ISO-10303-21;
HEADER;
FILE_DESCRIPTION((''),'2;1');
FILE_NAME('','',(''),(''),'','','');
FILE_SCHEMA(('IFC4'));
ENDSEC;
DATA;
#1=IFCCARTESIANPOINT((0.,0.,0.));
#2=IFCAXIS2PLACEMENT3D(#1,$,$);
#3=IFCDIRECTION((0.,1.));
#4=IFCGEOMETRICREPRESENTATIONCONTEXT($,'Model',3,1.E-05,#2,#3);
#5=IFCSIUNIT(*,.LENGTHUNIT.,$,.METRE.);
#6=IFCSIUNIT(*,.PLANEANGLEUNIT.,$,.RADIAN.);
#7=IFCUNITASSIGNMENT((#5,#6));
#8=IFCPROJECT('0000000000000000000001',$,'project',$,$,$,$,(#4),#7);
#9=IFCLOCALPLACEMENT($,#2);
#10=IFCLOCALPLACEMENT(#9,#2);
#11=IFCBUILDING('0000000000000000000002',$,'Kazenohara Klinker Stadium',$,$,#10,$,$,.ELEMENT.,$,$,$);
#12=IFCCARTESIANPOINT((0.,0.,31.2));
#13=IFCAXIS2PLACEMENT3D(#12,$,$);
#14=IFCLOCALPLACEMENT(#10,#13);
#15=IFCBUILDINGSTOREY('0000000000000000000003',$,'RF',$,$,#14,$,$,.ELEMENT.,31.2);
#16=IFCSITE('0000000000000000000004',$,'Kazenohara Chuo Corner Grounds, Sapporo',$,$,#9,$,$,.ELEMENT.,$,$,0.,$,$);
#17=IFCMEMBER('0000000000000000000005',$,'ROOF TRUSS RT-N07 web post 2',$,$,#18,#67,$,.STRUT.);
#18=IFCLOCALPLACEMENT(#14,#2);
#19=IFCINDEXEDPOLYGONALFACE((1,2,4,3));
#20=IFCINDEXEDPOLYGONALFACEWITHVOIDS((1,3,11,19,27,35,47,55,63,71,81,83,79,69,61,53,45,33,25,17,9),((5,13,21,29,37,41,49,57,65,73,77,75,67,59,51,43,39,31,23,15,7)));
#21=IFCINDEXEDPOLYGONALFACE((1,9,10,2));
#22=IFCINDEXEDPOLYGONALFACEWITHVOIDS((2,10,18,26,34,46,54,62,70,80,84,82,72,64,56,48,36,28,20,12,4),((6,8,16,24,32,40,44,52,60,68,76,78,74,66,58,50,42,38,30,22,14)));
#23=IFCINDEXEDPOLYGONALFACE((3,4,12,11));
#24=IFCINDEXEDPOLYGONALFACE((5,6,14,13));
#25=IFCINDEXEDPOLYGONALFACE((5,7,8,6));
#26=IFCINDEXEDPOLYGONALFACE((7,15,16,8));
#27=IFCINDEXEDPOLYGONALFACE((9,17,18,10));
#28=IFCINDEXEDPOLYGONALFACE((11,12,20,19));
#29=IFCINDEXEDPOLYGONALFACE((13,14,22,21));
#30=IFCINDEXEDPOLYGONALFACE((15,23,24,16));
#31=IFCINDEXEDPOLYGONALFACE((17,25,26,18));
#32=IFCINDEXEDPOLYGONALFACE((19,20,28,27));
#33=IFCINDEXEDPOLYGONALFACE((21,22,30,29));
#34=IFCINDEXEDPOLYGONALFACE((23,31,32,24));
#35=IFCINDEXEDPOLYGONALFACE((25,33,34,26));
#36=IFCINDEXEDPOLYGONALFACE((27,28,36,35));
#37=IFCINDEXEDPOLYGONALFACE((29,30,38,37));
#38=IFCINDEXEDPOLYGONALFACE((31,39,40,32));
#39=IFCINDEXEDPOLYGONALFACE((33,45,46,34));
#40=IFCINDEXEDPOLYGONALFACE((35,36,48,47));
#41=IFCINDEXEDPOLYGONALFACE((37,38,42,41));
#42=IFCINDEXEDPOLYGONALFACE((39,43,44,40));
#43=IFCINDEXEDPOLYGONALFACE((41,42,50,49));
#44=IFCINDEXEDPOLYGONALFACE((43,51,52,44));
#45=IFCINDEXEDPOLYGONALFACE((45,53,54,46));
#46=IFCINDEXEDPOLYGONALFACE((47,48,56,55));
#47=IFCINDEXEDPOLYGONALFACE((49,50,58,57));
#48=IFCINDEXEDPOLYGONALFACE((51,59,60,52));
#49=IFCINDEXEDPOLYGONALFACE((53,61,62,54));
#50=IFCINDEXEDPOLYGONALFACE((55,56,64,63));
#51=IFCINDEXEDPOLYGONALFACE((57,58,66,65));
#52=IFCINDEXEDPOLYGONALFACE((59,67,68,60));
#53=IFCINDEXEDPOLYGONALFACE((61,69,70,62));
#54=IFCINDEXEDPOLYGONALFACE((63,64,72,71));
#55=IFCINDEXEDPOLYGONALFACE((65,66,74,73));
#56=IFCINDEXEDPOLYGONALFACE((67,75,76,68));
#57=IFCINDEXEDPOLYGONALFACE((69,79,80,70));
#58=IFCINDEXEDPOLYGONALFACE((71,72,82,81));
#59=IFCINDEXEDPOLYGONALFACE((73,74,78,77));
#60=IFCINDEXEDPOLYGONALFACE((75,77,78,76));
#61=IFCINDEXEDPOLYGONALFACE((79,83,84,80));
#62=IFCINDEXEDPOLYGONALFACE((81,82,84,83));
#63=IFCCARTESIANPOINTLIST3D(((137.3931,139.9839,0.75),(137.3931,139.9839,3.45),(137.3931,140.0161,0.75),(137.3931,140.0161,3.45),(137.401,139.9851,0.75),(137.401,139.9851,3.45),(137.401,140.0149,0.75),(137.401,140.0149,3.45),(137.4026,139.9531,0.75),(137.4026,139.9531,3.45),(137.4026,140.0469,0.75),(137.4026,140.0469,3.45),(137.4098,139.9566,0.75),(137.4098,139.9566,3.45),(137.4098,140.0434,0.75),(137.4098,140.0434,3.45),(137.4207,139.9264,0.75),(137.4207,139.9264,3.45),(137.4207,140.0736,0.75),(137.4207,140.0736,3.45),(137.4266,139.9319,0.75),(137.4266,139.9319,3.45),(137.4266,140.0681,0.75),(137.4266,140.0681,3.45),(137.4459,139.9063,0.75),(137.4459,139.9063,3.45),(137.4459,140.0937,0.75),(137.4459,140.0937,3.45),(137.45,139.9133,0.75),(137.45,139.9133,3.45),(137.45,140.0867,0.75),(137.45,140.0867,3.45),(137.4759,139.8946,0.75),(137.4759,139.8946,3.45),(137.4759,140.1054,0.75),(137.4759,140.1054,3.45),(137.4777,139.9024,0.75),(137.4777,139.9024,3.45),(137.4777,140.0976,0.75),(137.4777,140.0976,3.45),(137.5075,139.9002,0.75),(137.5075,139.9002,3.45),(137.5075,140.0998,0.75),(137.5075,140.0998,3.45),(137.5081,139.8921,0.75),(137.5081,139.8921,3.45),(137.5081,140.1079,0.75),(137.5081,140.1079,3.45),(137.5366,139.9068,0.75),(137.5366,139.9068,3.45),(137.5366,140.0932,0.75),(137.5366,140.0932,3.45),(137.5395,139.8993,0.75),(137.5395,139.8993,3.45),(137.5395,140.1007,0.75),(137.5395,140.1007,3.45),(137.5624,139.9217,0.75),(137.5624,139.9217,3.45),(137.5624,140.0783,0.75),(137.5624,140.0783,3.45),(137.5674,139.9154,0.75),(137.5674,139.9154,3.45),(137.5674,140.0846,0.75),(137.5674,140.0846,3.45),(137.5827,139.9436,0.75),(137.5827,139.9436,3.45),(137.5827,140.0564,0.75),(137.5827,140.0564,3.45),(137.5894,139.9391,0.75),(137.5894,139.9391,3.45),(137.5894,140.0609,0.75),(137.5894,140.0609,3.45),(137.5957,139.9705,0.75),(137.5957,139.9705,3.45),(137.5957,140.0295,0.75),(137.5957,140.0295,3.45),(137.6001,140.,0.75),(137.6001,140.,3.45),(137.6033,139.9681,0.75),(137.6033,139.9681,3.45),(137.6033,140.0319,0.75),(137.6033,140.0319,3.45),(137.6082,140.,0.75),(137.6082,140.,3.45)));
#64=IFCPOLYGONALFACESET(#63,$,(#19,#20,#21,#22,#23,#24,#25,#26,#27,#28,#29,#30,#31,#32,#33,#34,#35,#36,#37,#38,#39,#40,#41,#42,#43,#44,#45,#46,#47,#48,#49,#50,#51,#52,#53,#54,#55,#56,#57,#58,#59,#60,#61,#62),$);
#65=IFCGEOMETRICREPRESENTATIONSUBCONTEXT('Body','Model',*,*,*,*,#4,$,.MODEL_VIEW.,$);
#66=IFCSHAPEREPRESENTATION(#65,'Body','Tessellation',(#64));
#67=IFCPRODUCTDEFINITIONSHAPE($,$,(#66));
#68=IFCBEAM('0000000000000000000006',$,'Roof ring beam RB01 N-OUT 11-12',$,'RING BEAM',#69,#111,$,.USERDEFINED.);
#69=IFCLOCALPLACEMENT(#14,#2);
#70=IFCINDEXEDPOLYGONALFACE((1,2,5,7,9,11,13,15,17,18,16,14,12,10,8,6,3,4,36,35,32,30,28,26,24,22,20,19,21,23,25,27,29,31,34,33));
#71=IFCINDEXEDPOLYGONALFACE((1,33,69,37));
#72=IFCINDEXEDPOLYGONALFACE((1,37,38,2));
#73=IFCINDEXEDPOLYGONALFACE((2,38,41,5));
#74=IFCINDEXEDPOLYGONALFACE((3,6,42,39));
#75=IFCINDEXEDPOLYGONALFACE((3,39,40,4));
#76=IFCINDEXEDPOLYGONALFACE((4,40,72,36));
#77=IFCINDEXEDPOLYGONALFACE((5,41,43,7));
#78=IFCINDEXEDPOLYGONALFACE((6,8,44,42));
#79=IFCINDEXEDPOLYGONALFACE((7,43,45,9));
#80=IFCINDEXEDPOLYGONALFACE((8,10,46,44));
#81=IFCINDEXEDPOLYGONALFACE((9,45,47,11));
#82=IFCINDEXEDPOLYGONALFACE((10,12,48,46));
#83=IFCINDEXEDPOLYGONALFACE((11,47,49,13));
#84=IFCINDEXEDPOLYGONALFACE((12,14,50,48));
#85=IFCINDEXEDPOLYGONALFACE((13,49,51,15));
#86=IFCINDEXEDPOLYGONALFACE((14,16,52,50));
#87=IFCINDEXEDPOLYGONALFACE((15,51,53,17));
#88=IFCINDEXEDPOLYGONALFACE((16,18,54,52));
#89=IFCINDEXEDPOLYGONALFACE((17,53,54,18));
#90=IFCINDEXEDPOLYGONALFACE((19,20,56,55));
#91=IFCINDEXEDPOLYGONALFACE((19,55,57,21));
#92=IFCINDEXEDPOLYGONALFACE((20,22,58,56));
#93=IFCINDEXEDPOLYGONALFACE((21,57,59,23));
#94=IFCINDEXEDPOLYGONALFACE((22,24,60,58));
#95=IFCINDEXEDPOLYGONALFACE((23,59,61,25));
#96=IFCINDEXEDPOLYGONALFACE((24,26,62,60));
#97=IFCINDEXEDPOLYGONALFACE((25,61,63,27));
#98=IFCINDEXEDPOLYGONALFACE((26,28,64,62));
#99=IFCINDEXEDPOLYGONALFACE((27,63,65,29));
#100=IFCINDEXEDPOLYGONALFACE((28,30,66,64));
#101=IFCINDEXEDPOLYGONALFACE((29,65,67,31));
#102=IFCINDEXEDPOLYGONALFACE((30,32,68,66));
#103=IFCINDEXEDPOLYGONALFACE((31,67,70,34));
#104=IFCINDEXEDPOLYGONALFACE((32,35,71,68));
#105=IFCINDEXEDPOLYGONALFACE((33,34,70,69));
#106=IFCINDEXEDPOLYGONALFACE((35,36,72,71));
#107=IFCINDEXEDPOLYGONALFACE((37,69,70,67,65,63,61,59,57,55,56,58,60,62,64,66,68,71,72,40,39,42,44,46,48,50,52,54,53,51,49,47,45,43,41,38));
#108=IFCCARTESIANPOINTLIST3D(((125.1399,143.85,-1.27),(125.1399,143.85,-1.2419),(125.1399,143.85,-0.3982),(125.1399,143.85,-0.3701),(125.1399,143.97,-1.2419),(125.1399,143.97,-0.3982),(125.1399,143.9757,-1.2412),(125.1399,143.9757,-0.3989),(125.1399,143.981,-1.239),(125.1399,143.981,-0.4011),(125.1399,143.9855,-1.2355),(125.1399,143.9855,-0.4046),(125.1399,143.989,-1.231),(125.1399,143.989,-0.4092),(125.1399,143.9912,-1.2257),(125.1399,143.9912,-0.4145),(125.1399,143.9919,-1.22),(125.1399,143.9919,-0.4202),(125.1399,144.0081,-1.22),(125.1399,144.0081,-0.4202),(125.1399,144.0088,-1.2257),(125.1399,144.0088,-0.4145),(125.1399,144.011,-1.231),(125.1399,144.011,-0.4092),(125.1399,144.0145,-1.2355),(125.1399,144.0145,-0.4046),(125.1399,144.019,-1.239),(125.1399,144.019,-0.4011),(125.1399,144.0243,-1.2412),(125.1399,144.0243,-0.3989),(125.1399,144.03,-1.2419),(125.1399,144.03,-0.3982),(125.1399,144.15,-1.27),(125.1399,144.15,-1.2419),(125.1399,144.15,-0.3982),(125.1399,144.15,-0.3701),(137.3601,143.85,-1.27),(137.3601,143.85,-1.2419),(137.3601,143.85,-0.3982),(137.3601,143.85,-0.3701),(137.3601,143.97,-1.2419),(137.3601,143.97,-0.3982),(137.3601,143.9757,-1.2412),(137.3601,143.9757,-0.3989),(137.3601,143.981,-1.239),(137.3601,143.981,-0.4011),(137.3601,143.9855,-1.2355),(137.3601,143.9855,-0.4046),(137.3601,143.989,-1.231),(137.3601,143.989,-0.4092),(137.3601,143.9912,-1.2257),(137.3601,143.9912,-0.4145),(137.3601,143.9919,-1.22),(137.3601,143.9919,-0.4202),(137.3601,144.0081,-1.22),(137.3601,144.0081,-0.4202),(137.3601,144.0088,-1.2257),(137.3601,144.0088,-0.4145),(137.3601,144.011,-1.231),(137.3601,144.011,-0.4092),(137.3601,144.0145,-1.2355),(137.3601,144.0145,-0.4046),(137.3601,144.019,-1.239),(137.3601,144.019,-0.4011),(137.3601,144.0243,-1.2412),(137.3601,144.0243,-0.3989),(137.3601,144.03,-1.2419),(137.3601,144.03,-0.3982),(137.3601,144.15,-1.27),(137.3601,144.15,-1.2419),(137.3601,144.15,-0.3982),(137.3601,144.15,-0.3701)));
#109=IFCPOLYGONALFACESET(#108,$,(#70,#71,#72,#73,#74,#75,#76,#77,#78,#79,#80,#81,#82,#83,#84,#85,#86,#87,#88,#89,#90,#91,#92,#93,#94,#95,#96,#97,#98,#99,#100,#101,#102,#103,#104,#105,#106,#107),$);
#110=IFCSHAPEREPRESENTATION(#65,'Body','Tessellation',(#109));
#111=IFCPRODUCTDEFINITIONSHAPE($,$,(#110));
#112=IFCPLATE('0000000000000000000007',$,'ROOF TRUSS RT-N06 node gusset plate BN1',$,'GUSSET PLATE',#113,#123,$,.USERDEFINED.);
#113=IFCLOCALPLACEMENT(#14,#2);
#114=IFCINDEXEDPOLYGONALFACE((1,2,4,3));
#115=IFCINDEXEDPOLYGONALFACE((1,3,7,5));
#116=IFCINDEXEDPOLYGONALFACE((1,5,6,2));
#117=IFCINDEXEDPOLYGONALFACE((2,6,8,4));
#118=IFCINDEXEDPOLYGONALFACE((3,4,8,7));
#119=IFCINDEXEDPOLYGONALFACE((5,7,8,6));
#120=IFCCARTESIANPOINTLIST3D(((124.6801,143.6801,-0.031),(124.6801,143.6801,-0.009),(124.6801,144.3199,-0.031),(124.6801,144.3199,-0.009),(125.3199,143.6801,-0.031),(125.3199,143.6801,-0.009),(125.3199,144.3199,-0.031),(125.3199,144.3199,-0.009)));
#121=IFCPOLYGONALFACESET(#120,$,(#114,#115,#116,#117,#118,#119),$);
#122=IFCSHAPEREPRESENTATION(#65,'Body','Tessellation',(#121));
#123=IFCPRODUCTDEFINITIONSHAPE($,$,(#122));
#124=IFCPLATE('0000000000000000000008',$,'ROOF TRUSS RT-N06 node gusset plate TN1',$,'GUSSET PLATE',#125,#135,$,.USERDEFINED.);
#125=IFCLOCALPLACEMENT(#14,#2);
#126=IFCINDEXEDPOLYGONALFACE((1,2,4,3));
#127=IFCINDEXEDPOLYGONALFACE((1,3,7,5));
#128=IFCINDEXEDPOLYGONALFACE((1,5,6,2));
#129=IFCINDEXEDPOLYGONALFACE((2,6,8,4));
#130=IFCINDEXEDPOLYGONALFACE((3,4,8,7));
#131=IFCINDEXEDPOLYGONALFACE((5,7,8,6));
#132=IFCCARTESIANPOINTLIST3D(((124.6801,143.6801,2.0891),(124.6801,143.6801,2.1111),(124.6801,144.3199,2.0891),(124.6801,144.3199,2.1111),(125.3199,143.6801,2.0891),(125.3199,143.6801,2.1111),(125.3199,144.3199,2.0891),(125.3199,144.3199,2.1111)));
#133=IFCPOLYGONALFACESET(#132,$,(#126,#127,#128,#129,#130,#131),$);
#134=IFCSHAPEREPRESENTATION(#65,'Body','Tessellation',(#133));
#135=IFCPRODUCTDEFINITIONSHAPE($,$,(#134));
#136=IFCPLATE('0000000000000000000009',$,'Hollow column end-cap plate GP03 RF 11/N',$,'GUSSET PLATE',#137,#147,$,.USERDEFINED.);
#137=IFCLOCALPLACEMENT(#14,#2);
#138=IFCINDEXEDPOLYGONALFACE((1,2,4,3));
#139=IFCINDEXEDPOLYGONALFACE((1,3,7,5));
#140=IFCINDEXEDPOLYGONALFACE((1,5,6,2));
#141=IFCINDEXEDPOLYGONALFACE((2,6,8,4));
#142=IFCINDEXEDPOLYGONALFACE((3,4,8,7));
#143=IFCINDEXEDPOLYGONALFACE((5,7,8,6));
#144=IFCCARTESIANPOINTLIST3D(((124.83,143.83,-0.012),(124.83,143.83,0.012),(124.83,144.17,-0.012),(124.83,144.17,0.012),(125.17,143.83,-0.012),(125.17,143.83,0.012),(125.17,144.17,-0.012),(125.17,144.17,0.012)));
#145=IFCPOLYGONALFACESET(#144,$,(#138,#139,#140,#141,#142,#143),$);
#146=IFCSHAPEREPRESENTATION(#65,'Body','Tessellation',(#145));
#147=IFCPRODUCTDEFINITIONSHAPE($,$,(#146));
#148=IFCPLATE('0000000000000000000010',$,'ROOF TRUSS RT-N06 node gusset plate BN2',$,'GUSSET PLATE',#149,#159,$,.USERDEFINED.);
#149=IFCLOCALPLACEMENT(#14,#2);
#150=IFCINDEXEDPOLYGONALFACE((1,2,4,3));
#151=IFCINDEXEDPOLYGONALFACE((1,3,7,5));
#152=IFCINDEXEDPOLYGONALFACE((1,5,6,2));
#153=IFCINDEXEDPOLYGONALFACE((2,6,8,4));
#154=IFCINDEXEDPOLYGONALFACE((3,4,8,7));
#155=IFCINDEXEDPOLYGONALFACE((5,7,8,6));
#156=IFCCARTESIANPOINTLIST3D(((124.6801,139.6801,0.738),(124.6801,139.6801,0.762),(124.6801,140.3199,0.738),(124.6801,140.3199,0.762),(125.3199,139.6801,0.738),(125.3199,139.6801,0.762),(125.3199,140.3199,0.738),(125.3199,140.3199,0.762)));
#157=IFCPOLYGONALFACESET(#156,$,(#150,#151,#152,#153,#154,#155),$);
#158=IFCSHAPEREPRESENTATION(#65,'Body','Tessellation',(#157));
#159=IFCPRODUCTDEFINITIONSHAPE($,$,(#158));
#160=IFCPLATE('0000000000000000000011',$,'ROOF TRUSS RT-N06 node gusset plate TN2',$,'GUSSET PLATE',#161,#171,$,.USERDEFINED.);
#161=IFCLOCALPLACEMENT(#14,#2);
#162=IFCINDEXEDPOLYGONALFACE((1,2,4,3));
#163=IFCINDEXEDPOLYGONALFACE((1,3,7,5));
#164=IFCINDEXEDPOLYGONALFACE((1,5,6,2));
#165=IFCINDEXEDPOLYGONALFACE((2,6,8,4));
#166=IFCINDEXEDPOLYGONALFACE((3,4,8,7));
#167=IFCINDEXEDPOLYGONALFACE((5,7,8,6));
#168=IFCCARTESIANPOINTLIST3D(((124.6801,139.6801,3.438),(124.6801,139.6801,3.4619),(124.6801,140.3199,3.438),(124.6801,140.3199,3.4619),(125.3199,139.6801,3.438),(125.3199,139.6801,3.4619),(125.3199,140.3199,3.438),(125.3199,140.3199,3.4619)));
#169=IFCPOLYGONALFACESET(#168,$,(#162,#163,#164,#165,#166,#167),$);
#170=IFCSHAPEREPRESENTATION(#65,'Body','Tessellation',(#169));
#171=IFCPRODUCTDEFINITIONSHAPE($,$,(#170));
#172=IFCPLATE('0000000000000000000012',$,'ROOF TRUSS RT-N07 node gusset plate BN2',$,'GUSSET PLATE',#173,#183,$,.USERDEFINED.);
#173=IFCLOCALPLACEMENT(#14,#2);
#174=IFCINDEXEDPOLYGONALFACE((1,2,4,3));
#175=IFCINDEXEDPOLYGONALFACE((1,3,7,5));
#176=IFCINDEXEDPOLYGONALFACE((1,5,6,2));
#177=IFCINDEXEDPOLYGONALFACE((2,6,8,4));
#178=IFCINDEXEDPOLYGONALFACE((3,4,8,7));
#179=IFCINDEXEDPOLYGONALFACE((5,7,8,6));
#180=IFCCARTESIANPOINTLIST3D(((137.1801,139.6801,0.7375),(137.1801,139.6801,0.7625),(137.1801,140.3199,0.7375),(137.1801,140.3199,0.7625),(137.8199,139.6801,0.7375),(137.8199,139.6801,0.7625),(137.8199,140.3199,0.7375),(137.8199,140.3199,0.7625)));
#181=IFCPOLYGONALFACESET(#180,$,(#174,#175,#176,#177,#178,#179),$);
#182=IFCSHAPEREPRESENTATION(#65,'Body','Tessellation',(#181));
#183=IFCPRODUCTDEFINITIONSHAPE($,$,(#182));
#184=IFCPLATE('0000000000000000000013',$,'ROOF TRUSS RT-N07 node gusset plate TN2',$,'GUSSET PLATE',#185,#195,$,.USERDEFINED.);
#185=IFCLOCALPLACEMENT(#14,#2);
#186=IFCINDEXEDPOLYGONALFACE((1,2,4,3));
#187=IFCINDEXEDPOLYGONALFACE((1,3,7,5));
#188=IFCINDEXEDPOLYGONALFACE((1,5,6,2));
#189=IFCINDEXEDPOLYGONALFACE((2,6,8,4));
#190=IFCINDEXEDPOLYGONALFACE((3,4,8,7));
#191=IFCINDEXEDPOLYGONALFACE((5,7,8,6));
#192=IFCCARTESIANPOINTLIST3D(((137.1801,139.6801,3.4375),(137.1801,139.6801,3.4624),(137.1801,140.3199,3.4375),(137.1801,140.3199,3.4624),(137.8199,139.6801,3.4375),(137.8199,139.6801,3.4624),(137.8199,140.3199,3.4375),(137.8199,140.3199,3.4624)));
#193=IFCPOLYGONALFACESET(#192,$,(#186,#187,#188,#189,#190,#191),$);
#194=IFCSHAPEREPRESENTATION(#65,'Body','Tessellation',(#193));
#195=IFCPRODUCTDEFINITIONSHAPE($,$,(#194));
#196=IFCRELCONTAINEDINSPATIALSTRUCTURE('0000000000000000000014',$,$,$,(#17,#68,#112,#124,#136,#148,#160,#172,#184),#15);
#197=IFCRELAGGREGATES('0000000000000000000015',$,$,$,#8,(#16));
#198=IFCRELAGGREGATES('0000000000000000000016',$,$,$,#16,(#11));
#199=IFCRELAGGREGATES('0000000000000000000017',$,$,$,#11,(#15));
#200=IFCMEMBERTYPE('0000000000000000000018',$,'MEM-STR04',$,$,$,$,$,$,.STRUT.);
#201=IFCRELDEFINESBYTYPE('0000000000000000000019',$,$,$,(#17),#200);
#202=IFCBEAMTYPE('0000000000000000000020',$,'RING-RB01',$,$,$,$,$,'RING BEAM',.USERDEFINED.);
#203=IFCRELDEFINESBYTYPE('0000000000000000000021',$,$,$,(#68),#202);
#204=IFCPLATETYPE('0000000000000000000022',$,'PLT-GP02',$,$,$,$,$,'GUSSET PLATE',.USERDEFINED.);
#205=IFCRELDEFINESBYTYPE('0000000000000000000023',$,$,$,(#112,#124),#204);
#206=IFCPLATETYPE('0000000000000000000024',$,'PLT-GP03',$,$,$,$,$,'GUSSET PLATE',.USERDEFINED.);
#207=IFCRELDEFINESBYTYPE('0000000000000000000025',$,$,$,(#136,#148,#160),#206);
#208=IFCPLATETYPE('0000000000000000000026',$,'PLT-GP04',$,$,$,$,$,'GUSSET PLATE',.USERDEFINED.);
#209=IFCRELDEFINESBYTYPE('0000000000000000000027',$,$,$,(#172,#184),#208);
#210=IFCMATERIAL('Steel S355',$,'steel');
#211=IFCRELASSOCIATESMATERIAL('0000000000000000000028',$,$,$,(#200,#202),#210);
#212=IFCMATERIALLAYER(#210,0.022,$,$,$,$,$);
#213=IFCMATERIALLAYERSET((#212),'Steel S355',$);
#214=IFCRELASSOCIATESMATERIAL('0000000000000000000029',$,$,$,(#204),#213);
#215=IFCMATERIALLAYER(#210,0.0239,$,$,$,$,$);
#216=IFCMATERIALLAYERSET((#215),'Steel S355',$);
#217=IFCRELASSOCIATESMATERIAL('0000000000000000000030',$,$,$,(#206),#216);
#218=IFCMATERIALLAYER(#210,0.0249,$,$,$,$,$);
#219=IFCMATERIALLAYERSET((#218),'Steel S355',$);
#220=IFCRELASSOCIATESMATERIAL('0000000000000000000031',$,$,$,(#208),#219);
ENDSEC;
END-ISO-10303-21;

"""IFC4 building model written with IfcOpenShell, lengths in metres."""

from ifc_helpers import new_model, si_unit, direction, frame, origin, origin_2d, place, context, subcontext, project, spatial, rectangle, hollow_circle, i_section, extrude, material, layer, layer_set, material_profile, profile_set, type_object, element, save


model = new_model("IFC4")

# Units and contexts
model_context = context("Model", 3, precision=1e-05, world=origin(), true_north=direction((0.0, 1.0)))
body_context = subcontext(model_context, "Body", "Model", "MODEL_VIEW")
ifc_project = project(units=[si_unit("LENGTHUNIT", "METRE"), si_unit("PLANEANGLEUNIT", "RADIAN")], contexts=[model_context])

# Site, building, storey
site_placement = place(None, origin())
site = spatial("IfcSite", under=ifc_project, at=site_placement, Name="Kazenohara Chuo Corner Grounds, Sapporo", CompositionType="ELEMENT", RefElevation=0.0)
building_placement = place(site_placement, origin())
building = spatial("IfcBuilding", under=site, at=building_placement, Name="Kazenohara Klinker Stadium", CompositionType="ELEMENT")
storey_placement = place(building_placement, frame((0.0, 0.0, 31.2)))
storey = spatial("IfcBuildingStorey", under=building, at=storey_placement, Name="RF", CompositionType="ELEMENT", Elevation=31.2)

# Member
ifc_material_1 = material(Name="Steel S355", Category="steel")
ifc_material_profile_1 = material_profile(ifc_material_1, hollow_circle(Radius=0.1082, WallThickness=0.0081, at=origin_2d()), Name="CHS-216.3x8")
ifc_profile_set_1 = profile_set([ifc_material_profile_1], Name="Steel S355")
member_type_1 = type_object("IfcMemberType", Name="MEM-STR04", PredefinedType="STRUT", material=ifc_profile_set_1)
member_1_placement = place(storey_placement, frame((137.5, 140.0, 0.75), z_axis=(0.0, 0.0, 1.0), x_axis=(1.0, 0.0, 0.0)))
element("IfcMember", 1, at=member_1_placement, inside=storey, type_object=member_type_1, Name="ROOF TRUSS RT-N07 web post 2", PredefinedType="STRUT", context=body_context, shape_type="SweptSolid", body=[
    extrude(hollow_circle(Radius=0.1082, WallThickness=0.0081, at=origin_2d()), origin(), (0.0, 0.0, 1.0), 2.7),
])

# Beam
ifc_material_profile_2 = material_profile(ifc_material_1, i_section(OverallWidth=0.3, OverallDepth=0.8999, WebThickness=0.0161, FlangeThickness=0.0281, FilletRadius=0.022, at=origin_2d()), Name="H-900x300x16x28")
ifc_profile_set_2 = profile_set([ifc_material_profile_2], Name="Steel S355")
beam_type = type_object("IfcBeamType", Name="RING-RB01", ElementType="RING BEAM", PredefinedType="USERDEFINED", material=ifc_profile_set_2)
beam_placement = place(storey_placement, frame((125.1399, 144.0, -0.8201), z_axis=(1.0, 0.0, 0.0), x_axis=(0.0, 1.0, 0.0)))
element("IfcBeam", 2, at=beam_placement, inside=storey, type_object=beam_type, Name="Roof ring beam RB01 N-OUT 11-12", ObjectType="RING BEAM", PredefinedType="USERDEFINED", context=body_context, shape_type="SweptSolid", body=[
    extrude(i_section(OverallWidth=0.3, OverallDepth=0.8999, WebThickness=0.0161, FlangeThickness=0.0281, FilletRadius=0.022, at=origin_2d()), origin(), (0.0, 0.0, 1.0), 12.2202),
])

# Plates
ifc_layer_1 = layer(ifc_material_1, 0.022)
ifc_layer_set_1 = layer_set([ifc_layer_1], Name="Steel S355")
plate_type_1 = type_object("IfcPlateType", Name="PLT-GP02", ElementType="GUSSET PLATE", PredefinedType="USERDEFINED", material=ifc_layer_set_1)
for number, where, z_axis, x_axis, name in (
    (3, (125.0, 144.0, -0.031), (0.0, 0.0, 1.0), (1.0, 0.0, 0.0), "ROOF TRUSS RT-N06 node gusset plate BN1"),
    (4, (125.0, 144.0, 2.0891), (0.0, 0.0, 1.0), (1.0, 0.0, 0.0), "ROOF TRUSS RT-N06 node gusset plate TN1"),
):
    element("IfcPlate", number, at=place(storey_placement, frame(where, z_axis=z_axis, x_axis=x_axis)), inside=storey, type_object=plate_type_1, Name=name, ObjectType="GUSSET PLATE", PredefinedType="USERDEFINED", context=body_context, shape_type="SweptSolid", body=[
        extrude(rectangle(XDim=0.6399, YDim=0.6399, at=origin_2d()), origin(), (0.0, 0.0, 1.0), 0.022),
    ])
ifc_layer_2 = layer(ifc_material_1, 0.0239)
ifc_layer_set_2 = layer_set([ifc_layer_2], Name="Steel S355")
plate_type_2 = type_object("IfcPlateType", Name="PLT-GP03", ElementType="GUSSET PLATE", PredefinedType="USERDEFINED", material=ifc_layer_set_2)
plate_placement = place(storey_placement, frame((125.0, 144.0, -0.012), z_axis=(0.0, 0.0, 1.0), x_axis=(1.0, 0.0, 0.0)))
element("IfcPlate", 5, at=plate_placement, inside=storey, type_object=plate_type_2, Name="Hollow column end-cap plate GP03 RF 11/N", ObjectType="GUSSET PLATE", PredefinedType="USERDEFINED", context=body_context, shape_type="SweptSolid", body=[
    extrude(rectangle(XDim=0.3401, YDim=0.3401, at=origin_2d()), origin(), (0.0, 0.0, 1.0), 0.0239),
])
for number, where, z_axis, x_axis, name in (
    (6, (125.0, 140.0, 0.738), (0.0, 0.0, 1.0), (1.0, 0.0, 0.0), "ROOF TRUSS RT-N06 node gusset plate BN2"),
    (7, (125.0, 140.0, 3.438), (0.0, 0.0, 1.0), (1.0, 0.0, 0.0), "ROOF TRUSS RT-N06 node gusset plate TN2"),
):
    element("IfcPlate", number, at=place(storey_placement, frame(where, z_axis=z_axis, x_axis=x_axis)), inside=storey, type_object=plate_type_2, Name=name, ObjectType="GUSSET PLATE", PredefinedType="USERDEFINED", context=body_context, shape_type="SweptSolid", body=[
        extrude(rectangle(XDim=0.6399, YDim=0.6399, at=origin_2d()), origin(), (0.0, 0.0, 1.0), 0.0239),
    ])
ifc_layer_3 = layer(ifc_material_1, 0.0249)
ifc_layer_set_3 = layer_set([ifc_layer_3], Name="Steel S355")
plate_type_3 = type_object("IfcPlateType", Name="PLT-GP04", ElementType="GUSSET PLATE", PredefinedType="USERDEFINED", material=ifc_layer_set_3)
for number, where, z_axis, x_axis, name in (
    (8, (137.5, 140.0, 0.7375), (0.0, 0.0, 1.0), (1.0, 0.0, 0.0), "ROOF TRUSS RT-N07 node gusset plate BN2"),
    (9, (137.5, 140.0, 3.4375), (0.0, 0.0, 1.0), (1.0, 0.0, 0.0), "ROOF TRUSS RT-N07 node gusset plate TN2"),
):
    element("IfcPlate", number, at=place(storey_placement, frame(where, z_axis=z_axis, x_axis=x_axis)), inside=storey, type_object=plate_type_3, Name=name, ObjectType="GUSSET PLATE", PredefinedType="USERDEFINED", context=body_context, shape_type="SweptSolid", body=[
        extrude(rectangle(XDim=0.6399, YDim=0.6399, at=origin_2d()), origin(), (0.0, 0.0, 1.0), 0.0249),
    ])

save(model, "model.ifc")
